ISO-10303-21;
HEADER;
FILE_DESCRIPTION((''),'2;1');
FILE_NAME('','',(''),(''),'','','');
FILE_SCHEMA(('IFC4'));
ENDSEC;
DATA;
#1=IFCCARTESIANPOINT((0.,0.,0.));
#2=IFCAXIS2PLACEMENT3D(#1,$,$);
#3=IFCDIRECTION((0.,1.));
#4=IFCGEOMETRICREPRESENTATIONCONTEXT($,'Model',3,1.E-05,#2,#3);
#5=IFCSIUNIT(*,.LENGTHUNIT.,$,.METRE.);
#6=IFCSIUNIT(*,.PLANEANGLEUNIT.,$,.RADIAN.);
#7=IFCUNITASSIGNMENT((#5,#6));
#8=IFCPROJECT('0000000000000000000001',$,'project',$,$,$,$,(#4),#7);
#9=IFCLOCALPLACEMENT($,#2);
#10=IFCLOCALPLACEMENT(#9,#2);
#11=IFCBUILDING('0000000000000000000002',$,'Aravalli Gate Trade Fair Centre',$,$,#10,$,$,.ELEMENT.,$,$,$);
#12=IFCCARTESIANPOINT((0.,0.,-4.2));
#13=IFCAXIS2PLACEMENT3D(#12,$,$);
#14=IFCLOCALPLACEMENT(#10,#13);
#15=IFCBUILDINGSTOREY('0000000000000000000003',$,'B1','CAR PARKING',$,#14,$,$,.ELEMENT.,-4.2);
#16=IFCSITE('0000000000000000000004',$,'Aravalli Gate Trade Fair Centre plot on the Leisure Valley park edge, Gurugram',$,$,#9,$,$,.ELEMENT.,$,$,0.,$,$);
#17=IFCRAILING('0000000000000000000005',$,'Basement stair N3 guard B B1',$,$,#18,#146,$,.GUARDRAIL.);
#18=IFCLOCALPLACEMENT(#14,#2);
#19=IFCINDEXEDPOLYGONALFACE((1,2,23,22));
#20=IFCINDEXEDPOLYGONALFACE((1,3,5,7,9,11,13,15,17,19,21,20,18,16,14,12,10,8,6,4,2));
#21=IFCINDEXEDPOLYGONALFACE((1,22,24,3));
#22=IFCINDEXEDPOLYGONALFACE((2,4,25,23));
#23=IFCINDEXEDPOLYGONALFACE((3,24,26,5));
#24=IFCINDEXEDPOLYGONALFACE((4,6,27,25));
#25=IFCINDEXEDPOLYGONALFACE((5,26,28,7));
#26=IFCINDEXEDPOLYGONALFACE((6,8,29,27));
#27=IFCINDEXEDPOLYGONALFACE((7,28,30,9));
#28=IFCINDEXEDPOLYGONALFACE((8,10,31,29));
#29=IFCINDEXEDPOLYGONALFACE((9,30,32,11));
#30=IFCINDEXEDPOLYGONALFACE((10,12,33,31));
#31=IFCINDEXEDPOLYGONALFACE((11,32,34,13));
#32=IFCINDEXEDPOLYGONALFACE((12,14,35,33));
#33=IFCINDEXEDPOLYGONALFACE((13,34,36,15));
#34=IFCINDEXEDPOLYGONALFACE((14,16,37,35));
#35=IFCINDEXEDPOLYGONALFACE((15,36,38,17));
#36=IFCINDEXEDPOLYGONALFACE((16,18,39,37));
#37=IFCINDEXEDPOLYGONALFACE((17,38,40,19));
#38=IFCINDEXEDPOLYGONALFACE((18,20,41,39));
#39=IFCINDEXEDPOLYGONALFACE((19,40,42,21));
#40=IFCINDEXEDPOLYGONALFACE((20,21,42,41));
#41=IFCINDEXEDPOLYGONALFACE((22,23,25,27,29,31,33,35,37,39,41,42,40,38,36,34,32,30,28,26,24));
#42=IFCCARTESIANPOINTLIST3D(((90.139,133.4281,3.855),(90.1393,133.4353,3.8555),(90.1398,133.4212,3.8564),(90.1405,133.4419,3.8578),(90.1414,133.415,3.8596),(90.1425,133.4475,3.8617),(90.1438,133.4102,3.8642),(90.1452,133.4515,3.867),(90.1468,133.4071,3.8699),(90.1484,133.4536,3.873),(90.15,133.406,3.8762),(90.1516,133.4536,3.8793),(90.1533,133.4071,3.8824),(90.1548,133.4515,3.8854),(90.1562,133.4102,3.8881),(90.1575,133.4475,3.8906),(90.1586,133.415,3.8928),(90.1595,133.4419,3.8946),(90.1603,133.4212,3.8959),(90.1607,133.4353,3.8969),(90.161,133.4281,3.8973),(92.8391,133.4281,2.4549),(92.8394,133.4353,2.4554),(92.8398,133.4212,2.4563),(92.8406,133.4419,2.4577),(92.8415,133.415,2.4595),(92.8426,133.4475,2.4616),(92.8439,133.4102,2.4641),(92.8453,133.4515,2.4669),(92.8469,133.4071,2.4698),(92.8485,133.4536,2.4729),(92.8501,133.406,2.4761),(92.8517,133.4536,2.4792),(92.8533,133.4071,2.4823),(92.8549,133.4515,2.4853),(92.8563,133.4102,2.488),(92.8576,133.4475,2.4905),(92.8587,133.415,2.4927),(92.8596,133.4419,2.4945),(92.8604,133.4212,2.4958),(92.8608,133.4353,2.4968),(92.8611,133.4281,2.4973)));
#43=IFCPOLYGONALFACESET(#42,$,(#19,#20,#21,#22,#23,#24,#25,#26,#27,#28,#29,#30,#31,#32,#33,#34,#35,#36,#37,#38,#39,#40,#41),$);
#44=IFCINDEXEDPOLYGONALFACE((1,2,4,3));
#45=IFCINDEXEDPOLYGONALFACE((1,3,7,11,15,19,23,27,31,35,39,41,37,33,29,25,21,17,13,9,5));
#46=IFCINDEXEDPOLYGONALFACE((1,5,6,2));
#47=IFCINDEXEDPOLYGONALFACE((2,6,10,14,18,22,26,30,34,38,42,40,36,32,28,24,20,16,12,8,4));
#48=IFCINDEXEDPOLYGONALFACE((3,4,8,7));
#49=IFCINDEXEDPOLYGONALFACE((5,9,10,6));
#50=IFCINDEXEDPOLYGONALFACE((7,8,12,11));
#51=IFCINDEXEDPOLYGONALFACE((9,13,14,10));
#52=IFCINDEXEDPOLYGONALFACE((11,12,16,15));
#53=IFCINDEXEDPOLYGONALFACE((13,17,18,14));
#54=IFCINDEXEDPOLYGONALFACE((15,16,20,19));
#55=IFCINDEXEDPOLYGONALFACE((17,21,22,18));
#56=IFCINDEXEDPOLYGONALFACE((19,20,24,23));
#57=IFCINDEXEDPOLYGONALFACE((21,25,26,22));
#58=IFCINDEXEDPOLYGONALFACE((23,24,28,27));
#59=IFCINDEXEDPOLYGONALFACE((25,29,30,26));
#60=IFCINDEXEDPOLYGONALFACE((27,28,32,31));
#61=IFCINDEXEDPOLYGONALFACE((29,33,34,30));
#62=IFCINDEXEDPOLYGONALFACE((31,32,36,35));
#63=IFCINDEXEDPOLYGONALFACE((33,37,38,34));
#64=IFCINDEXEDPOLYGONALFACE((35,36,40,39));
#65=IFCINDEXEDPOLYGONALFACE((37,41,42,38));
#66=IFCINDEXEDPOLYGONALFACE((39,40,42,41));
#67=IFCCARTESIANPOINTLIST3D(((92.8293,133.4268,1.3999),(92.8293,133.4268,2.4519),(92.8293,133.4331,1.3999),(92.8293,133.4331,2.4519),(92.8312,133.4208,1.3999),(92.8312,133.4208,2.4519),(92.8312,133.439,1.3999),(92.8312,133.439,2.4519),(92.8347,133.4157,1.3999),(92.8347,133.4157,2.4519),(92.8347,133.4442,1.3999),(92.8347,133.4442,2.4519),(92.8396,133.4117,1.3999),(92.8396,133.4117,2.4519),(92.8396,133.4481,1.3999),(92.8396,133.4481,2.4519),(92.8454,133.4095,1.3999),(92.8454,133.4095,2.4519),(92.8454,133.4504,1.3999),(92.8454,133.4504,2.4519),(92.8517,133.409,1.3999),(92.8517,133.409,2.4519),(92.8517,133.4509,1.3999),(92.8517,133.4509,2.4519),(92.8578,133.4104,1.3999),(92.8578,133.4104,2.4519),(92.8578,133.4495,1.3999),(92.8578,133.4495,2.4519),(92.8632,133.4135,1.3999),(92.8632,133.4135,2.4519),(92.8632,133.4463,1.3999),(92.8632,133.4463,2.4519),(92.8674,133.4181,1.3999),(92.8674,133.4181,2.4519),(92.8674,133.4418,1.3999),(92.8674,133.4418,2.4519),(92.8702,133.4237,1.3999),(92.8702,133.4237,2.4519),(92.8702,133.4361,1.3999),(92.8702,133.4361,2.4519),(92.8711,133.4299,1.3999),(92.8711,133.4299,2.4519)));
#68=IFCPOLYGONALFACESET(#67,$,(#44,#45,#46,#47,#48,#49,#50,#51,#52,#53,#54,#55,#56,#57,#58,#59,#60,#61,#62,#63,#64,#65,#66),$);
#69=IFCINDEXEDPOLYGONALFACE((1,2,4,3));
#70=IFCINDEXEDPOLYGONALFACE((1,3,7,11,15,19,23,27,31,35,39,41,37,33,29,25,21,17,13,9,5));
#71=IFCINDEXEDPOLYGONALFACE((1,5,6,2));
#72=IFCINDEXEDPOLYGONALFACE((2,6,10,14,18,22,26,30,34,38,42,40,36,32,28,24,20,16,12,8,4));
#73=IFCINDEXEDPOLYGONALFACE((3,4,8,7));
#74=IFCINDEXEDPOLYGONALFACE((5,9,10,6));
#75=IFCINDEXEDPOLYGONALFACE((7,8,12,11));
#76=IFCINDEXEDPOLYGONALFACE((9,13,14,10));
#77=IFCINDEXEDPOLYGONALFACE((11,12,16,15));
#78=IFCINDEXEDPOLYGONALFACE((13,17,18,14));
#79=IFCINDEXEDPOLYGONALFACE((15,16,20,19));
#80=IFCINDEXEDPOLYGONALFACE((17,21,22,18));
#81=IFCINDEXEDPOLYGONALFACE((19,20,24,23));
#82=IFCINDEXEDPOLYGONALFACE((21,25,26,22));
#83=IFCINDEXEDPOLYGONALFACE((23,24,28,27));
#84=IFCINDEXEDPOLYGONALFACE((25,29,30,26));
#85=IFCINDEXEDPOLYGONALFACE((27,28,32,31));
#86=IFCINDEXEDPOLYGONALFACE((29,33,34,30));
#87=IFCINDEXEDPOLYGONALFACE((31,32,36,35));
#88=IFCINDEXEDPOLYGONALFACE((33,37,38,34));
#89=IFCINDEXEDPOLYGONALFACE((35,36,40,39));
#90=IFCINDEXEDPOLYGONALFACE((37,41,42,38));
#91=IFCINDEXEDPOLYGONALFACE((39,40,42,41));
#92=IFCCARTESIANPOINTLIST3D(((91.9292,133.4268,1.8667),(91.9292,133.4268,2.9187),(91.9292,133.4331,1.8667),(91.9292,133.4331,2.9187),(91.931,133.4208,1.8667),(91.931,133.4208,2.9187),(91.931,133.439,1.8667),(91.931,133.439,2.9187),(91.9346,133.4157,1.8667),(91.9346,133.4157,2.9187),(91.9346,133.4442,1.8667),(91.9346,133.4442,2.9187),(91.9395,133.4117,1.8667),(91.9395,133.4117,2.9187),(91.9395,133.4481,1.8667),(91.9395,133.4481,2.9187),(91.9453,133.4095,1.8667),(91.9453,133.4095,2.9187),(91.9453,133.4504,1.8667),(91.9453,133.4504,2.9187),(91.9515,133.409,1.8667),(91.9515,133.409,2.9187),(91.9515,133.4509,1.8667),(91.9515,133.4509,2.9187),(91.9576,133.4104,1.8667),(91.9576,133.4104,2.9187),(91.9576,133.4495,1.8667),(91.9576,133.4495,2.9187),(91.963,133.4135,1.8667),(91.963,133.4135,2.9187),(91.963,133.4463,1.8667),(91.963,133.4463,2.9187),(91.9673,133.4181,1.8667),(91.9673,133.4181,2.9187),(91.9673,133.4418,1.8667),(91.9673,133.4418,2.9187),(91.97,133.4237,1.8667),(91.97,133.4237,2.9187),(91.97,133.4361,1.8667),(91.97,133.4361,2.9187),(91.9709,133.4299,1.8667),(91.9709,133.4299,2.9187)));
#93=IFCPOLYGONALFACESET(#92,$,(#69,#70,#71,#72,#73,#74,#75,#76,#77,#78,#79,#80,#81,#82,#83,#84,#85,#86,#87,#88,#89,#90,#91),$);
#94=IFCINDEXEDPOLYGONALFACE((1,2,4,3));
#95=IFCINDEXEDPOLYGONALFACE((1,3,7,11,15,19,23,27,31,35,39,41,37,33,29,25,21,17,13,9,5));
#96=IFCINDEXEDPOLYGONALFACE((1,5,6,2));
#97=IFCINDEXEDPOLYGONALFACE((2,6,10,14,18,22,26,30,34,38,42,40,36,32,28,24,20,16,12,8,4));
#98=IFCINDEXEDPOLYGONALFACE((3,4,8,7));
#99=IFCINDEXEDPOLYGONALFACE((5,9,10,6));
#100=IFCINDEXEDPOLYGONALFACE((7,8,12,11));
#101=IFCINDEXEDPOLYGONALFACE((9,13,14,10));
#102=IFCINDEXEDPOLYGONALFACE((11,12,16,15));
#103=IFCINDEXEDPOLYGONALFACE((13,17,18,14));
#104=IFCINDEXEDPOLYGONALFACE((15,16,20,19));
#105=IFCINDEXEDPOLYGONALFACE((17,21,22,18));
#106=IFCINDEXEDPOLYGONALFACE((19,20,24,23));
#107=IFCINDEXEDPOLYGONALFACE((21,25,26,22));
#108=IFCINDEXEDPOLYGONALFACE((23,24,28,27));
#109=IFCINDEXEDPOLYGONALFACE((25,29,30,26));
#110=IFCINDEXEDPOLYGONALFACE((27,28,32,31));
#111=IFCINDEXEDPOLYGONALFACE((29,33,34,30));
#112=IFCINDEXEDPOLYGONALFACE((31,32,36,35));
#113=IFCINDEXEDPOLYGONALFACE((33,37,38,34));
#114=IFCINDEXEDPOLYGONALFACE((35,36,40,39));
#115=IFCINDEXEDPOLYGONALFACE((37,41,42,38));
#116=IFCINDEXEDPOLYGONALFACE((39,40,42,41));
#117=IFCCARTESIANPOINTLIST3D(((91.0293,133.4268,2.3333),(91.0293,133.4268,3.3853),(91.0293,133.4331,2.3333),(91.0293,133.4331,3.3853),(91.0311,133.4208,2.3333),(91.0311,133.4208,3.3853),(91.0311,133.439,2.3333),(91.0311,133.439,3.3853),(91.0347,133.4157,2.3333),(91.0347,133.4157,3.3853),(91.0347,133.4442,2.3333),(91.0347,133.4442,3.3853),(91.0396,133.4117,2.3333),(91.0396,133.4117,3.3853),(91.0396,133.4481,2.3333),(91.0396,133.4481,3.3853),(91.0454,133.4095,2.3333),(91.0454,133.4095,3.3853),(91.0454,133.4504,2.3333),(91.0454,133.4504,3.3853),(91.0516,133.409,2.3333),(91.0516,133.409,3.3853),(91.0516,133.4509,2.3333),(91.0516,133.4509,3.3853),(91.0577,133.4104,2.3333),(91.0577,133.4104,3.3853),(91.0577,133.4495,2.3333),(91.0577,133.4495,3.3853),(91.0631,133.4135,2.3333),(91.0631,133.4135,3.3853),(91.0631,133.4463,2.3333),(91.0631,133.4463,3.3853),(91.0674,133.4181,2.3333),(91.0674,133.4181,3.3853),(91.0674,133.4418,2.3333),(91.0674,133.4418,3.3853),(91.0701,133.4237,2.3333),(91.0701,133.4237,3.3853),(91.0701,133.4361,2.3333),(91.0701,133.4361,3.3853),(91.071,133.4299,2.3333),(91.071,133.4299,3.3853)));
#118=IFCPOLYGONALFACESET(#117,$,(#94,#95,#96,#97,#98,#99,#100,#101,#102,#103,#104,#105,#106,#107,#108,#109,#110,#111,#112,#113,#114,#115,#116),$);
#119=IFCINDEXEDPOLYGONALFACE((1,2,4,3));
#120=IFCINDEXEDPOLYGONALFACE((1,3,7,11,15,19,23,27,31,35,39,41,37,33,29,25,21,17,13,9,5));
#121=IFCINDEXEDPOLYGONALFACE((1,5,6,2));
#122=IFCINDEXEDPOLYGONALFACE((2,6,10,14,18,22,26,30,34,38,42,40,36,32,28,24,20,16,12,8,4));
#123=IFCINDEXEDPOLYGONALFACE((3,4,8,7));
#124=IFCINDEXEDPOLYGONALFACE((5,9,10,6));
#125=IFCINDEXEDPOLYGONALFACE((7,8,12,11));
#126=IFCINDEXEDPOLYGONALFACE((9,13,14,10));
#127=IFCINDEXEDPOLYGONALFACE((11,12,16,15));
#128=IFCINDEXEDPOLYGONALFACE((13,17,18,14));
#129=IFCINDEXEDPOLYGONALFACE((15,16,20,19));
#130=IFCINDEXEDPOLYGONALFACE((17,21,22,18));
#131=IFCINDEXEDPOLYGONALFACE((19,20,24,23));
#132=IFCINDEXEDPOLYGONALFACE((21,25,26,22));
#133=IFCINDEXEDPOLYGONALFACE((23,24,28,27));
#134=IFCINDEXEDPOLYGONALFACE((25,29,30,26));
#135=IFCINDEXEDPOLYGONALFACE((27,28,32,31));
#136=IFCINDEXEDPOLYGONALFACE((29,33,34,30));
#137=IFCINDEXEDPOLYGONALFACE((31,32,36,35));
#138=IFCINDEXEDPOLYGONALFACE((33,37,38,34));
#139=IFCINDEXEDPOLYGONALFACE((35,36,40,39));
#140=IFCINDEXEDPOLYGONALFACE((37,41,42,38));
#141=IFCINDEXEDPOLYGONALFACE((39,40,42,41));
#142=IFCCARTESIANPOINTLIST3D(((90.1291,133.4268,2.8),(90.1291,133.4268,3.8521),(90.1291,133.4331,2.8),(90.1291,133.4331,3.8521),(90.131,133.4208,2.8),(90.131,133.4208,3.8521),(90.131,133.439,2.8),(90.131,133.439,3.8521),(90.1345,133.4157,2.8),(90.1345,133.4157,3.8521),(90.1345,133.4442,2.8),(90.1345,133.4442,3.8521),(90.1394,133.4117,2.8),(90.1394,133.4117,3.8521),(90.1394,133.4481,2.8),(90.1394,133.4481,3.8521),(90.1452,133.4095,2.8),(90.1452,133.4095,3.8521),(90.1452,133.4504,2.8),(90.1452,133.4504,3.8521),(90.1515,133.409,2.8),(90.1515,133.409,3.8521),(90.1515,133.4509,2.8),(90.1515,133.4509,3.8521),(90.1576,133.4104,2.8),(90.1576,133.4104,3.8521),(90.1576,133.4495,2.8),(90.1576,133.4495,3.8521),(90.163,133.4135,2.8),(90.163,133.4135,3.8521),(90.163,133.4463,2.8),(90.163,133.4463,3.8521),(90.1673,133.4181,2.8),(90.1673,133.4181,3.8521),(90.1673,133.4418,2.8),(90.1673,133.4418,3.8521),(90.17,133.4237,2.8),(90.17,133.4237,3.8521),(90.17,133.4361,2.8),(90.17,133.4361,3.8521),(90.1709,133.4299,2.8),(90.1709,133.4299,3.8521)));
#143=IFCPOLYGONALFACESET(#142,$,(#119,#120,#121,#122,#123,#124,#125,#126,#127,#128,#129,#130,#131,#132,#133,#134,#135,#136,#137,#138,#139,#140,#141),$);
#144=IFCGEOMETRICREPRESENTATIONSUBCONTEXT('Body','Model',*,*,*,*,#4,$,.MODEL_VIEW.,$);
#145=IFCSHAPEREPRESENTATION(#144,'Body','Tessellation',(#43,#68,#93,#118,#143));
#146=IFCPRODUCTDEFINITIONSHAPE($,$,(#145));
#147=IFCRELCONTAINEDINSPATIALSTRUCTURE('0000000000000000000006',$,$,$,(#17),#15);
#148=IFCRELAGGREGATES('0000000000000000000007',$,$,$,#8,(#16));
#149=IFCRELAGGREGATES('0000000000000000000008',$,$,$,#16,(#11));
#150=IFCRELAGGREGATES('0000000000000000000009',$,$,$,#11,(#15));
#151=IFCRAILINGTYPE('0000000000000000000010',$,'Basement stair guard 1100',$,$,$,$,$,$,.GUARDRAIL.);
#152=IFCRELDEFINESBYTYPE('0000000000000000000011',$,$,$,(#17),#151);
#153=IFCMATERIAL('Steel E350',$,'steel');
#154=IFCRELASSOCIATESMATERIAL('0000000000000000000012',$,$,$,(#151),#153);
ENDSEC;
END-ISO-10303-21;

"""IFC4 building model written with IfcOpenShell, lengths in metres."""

from ifc_helpers import new_model, si_unit, direction, frame, origin, origin_2d, place, context, subcontext, project, spatial, circle, extrude, material, type_object, element, save


model = new_model("IFC4")

# Units and contexts
model_context = context("Model", 3, precision=1e-05, world=origin(), true_north=direction((0.0, 1.0)))
body_context = subcontext(model_context, "Body", "Model", "MODEL_VIEW")
ifc_project = project(units=[si_unit("LENGTHUNIT", "METRE"), si_unit("PLANEANGLEUNIT", "RADIAN")], contexts=[model_context])

# Site, building, storey
site_placement = place(None, origin())
site = spatial("IfcSite", under=ifc_project, at=site_placement, Name="Aravalli Gate Trade Fair Centre plot on the Leisure Valley park edge, Gurugram", CompositionType="ELEMENT", RefElevation=0.0)
building_placement = place(site_placement, origin())
building = spatial("IfcBuilding", under=site, at=building_placement, Name="Aravalli Gate Trade Fair Centre", CompositionType="ELEMENT")
storey_placement = place(building_placement, frame((0.0, 0.0, -4.2)))
storey = spatial("IfcBuildingStorey", under=building, at=storey_placement, Name="B1", Description="CAR PARKING", CompositionType="ELEMENT", Elevation=-4.2)

# Railing
ifc_material_1 = material(Name="Steel E350", Category="steel")
railing_type_1 = type_object("IfcRailingType", Name="Basement stair guard 1100", PredefinedType="GUARDRAIL", material=ifc_material_1)
for number, where, name in (
    (1, (92.8501, 133.4299, 1.3999), "Basement stair N3 guard B B1"),
):
    element("IfcRailing", number, at=place(storey_placement, frame(where)), inside=storey, type_object=railing_type_1, Name=name, PredefinedType="GUARDRAIL", context=body_context, shape_type="SweptSolid", body=[
        extrude(circle(Radius=0.0239, at=origin_2d()), frame((0.0, 0.0, 1.0762), z_axis=(-0.887748, 0.0, 0.460329), x_axis=(0.0, -1.0, 0.0)), (0.0, 0.0, 1.0), 3.0415),
        extrude(circle(Radius=0.021, at=origin_2d()), origin(), (0.0, 0.0, 1.0), 1.052),
        extrude(circle(Radius=0.021, at=origin_2d()), frame((-0.9001, 0.0, 0.4668)), (0.0, 0.0, 1.0), 1.052),
        extrude(circle(Radius=0.021, at=origin_2d()), frame((-1.8, 0.0, 0.9333)), (0.0, 0.0, 1.0), 1.052),
        extrude(circle(Radius=0.021, at=origin_2d()), frame((-2.7002, 0.0, 1.4001)), (0.0, 0.0, 1.0), 1.052),
    ])

save(model, "model.ifc")
